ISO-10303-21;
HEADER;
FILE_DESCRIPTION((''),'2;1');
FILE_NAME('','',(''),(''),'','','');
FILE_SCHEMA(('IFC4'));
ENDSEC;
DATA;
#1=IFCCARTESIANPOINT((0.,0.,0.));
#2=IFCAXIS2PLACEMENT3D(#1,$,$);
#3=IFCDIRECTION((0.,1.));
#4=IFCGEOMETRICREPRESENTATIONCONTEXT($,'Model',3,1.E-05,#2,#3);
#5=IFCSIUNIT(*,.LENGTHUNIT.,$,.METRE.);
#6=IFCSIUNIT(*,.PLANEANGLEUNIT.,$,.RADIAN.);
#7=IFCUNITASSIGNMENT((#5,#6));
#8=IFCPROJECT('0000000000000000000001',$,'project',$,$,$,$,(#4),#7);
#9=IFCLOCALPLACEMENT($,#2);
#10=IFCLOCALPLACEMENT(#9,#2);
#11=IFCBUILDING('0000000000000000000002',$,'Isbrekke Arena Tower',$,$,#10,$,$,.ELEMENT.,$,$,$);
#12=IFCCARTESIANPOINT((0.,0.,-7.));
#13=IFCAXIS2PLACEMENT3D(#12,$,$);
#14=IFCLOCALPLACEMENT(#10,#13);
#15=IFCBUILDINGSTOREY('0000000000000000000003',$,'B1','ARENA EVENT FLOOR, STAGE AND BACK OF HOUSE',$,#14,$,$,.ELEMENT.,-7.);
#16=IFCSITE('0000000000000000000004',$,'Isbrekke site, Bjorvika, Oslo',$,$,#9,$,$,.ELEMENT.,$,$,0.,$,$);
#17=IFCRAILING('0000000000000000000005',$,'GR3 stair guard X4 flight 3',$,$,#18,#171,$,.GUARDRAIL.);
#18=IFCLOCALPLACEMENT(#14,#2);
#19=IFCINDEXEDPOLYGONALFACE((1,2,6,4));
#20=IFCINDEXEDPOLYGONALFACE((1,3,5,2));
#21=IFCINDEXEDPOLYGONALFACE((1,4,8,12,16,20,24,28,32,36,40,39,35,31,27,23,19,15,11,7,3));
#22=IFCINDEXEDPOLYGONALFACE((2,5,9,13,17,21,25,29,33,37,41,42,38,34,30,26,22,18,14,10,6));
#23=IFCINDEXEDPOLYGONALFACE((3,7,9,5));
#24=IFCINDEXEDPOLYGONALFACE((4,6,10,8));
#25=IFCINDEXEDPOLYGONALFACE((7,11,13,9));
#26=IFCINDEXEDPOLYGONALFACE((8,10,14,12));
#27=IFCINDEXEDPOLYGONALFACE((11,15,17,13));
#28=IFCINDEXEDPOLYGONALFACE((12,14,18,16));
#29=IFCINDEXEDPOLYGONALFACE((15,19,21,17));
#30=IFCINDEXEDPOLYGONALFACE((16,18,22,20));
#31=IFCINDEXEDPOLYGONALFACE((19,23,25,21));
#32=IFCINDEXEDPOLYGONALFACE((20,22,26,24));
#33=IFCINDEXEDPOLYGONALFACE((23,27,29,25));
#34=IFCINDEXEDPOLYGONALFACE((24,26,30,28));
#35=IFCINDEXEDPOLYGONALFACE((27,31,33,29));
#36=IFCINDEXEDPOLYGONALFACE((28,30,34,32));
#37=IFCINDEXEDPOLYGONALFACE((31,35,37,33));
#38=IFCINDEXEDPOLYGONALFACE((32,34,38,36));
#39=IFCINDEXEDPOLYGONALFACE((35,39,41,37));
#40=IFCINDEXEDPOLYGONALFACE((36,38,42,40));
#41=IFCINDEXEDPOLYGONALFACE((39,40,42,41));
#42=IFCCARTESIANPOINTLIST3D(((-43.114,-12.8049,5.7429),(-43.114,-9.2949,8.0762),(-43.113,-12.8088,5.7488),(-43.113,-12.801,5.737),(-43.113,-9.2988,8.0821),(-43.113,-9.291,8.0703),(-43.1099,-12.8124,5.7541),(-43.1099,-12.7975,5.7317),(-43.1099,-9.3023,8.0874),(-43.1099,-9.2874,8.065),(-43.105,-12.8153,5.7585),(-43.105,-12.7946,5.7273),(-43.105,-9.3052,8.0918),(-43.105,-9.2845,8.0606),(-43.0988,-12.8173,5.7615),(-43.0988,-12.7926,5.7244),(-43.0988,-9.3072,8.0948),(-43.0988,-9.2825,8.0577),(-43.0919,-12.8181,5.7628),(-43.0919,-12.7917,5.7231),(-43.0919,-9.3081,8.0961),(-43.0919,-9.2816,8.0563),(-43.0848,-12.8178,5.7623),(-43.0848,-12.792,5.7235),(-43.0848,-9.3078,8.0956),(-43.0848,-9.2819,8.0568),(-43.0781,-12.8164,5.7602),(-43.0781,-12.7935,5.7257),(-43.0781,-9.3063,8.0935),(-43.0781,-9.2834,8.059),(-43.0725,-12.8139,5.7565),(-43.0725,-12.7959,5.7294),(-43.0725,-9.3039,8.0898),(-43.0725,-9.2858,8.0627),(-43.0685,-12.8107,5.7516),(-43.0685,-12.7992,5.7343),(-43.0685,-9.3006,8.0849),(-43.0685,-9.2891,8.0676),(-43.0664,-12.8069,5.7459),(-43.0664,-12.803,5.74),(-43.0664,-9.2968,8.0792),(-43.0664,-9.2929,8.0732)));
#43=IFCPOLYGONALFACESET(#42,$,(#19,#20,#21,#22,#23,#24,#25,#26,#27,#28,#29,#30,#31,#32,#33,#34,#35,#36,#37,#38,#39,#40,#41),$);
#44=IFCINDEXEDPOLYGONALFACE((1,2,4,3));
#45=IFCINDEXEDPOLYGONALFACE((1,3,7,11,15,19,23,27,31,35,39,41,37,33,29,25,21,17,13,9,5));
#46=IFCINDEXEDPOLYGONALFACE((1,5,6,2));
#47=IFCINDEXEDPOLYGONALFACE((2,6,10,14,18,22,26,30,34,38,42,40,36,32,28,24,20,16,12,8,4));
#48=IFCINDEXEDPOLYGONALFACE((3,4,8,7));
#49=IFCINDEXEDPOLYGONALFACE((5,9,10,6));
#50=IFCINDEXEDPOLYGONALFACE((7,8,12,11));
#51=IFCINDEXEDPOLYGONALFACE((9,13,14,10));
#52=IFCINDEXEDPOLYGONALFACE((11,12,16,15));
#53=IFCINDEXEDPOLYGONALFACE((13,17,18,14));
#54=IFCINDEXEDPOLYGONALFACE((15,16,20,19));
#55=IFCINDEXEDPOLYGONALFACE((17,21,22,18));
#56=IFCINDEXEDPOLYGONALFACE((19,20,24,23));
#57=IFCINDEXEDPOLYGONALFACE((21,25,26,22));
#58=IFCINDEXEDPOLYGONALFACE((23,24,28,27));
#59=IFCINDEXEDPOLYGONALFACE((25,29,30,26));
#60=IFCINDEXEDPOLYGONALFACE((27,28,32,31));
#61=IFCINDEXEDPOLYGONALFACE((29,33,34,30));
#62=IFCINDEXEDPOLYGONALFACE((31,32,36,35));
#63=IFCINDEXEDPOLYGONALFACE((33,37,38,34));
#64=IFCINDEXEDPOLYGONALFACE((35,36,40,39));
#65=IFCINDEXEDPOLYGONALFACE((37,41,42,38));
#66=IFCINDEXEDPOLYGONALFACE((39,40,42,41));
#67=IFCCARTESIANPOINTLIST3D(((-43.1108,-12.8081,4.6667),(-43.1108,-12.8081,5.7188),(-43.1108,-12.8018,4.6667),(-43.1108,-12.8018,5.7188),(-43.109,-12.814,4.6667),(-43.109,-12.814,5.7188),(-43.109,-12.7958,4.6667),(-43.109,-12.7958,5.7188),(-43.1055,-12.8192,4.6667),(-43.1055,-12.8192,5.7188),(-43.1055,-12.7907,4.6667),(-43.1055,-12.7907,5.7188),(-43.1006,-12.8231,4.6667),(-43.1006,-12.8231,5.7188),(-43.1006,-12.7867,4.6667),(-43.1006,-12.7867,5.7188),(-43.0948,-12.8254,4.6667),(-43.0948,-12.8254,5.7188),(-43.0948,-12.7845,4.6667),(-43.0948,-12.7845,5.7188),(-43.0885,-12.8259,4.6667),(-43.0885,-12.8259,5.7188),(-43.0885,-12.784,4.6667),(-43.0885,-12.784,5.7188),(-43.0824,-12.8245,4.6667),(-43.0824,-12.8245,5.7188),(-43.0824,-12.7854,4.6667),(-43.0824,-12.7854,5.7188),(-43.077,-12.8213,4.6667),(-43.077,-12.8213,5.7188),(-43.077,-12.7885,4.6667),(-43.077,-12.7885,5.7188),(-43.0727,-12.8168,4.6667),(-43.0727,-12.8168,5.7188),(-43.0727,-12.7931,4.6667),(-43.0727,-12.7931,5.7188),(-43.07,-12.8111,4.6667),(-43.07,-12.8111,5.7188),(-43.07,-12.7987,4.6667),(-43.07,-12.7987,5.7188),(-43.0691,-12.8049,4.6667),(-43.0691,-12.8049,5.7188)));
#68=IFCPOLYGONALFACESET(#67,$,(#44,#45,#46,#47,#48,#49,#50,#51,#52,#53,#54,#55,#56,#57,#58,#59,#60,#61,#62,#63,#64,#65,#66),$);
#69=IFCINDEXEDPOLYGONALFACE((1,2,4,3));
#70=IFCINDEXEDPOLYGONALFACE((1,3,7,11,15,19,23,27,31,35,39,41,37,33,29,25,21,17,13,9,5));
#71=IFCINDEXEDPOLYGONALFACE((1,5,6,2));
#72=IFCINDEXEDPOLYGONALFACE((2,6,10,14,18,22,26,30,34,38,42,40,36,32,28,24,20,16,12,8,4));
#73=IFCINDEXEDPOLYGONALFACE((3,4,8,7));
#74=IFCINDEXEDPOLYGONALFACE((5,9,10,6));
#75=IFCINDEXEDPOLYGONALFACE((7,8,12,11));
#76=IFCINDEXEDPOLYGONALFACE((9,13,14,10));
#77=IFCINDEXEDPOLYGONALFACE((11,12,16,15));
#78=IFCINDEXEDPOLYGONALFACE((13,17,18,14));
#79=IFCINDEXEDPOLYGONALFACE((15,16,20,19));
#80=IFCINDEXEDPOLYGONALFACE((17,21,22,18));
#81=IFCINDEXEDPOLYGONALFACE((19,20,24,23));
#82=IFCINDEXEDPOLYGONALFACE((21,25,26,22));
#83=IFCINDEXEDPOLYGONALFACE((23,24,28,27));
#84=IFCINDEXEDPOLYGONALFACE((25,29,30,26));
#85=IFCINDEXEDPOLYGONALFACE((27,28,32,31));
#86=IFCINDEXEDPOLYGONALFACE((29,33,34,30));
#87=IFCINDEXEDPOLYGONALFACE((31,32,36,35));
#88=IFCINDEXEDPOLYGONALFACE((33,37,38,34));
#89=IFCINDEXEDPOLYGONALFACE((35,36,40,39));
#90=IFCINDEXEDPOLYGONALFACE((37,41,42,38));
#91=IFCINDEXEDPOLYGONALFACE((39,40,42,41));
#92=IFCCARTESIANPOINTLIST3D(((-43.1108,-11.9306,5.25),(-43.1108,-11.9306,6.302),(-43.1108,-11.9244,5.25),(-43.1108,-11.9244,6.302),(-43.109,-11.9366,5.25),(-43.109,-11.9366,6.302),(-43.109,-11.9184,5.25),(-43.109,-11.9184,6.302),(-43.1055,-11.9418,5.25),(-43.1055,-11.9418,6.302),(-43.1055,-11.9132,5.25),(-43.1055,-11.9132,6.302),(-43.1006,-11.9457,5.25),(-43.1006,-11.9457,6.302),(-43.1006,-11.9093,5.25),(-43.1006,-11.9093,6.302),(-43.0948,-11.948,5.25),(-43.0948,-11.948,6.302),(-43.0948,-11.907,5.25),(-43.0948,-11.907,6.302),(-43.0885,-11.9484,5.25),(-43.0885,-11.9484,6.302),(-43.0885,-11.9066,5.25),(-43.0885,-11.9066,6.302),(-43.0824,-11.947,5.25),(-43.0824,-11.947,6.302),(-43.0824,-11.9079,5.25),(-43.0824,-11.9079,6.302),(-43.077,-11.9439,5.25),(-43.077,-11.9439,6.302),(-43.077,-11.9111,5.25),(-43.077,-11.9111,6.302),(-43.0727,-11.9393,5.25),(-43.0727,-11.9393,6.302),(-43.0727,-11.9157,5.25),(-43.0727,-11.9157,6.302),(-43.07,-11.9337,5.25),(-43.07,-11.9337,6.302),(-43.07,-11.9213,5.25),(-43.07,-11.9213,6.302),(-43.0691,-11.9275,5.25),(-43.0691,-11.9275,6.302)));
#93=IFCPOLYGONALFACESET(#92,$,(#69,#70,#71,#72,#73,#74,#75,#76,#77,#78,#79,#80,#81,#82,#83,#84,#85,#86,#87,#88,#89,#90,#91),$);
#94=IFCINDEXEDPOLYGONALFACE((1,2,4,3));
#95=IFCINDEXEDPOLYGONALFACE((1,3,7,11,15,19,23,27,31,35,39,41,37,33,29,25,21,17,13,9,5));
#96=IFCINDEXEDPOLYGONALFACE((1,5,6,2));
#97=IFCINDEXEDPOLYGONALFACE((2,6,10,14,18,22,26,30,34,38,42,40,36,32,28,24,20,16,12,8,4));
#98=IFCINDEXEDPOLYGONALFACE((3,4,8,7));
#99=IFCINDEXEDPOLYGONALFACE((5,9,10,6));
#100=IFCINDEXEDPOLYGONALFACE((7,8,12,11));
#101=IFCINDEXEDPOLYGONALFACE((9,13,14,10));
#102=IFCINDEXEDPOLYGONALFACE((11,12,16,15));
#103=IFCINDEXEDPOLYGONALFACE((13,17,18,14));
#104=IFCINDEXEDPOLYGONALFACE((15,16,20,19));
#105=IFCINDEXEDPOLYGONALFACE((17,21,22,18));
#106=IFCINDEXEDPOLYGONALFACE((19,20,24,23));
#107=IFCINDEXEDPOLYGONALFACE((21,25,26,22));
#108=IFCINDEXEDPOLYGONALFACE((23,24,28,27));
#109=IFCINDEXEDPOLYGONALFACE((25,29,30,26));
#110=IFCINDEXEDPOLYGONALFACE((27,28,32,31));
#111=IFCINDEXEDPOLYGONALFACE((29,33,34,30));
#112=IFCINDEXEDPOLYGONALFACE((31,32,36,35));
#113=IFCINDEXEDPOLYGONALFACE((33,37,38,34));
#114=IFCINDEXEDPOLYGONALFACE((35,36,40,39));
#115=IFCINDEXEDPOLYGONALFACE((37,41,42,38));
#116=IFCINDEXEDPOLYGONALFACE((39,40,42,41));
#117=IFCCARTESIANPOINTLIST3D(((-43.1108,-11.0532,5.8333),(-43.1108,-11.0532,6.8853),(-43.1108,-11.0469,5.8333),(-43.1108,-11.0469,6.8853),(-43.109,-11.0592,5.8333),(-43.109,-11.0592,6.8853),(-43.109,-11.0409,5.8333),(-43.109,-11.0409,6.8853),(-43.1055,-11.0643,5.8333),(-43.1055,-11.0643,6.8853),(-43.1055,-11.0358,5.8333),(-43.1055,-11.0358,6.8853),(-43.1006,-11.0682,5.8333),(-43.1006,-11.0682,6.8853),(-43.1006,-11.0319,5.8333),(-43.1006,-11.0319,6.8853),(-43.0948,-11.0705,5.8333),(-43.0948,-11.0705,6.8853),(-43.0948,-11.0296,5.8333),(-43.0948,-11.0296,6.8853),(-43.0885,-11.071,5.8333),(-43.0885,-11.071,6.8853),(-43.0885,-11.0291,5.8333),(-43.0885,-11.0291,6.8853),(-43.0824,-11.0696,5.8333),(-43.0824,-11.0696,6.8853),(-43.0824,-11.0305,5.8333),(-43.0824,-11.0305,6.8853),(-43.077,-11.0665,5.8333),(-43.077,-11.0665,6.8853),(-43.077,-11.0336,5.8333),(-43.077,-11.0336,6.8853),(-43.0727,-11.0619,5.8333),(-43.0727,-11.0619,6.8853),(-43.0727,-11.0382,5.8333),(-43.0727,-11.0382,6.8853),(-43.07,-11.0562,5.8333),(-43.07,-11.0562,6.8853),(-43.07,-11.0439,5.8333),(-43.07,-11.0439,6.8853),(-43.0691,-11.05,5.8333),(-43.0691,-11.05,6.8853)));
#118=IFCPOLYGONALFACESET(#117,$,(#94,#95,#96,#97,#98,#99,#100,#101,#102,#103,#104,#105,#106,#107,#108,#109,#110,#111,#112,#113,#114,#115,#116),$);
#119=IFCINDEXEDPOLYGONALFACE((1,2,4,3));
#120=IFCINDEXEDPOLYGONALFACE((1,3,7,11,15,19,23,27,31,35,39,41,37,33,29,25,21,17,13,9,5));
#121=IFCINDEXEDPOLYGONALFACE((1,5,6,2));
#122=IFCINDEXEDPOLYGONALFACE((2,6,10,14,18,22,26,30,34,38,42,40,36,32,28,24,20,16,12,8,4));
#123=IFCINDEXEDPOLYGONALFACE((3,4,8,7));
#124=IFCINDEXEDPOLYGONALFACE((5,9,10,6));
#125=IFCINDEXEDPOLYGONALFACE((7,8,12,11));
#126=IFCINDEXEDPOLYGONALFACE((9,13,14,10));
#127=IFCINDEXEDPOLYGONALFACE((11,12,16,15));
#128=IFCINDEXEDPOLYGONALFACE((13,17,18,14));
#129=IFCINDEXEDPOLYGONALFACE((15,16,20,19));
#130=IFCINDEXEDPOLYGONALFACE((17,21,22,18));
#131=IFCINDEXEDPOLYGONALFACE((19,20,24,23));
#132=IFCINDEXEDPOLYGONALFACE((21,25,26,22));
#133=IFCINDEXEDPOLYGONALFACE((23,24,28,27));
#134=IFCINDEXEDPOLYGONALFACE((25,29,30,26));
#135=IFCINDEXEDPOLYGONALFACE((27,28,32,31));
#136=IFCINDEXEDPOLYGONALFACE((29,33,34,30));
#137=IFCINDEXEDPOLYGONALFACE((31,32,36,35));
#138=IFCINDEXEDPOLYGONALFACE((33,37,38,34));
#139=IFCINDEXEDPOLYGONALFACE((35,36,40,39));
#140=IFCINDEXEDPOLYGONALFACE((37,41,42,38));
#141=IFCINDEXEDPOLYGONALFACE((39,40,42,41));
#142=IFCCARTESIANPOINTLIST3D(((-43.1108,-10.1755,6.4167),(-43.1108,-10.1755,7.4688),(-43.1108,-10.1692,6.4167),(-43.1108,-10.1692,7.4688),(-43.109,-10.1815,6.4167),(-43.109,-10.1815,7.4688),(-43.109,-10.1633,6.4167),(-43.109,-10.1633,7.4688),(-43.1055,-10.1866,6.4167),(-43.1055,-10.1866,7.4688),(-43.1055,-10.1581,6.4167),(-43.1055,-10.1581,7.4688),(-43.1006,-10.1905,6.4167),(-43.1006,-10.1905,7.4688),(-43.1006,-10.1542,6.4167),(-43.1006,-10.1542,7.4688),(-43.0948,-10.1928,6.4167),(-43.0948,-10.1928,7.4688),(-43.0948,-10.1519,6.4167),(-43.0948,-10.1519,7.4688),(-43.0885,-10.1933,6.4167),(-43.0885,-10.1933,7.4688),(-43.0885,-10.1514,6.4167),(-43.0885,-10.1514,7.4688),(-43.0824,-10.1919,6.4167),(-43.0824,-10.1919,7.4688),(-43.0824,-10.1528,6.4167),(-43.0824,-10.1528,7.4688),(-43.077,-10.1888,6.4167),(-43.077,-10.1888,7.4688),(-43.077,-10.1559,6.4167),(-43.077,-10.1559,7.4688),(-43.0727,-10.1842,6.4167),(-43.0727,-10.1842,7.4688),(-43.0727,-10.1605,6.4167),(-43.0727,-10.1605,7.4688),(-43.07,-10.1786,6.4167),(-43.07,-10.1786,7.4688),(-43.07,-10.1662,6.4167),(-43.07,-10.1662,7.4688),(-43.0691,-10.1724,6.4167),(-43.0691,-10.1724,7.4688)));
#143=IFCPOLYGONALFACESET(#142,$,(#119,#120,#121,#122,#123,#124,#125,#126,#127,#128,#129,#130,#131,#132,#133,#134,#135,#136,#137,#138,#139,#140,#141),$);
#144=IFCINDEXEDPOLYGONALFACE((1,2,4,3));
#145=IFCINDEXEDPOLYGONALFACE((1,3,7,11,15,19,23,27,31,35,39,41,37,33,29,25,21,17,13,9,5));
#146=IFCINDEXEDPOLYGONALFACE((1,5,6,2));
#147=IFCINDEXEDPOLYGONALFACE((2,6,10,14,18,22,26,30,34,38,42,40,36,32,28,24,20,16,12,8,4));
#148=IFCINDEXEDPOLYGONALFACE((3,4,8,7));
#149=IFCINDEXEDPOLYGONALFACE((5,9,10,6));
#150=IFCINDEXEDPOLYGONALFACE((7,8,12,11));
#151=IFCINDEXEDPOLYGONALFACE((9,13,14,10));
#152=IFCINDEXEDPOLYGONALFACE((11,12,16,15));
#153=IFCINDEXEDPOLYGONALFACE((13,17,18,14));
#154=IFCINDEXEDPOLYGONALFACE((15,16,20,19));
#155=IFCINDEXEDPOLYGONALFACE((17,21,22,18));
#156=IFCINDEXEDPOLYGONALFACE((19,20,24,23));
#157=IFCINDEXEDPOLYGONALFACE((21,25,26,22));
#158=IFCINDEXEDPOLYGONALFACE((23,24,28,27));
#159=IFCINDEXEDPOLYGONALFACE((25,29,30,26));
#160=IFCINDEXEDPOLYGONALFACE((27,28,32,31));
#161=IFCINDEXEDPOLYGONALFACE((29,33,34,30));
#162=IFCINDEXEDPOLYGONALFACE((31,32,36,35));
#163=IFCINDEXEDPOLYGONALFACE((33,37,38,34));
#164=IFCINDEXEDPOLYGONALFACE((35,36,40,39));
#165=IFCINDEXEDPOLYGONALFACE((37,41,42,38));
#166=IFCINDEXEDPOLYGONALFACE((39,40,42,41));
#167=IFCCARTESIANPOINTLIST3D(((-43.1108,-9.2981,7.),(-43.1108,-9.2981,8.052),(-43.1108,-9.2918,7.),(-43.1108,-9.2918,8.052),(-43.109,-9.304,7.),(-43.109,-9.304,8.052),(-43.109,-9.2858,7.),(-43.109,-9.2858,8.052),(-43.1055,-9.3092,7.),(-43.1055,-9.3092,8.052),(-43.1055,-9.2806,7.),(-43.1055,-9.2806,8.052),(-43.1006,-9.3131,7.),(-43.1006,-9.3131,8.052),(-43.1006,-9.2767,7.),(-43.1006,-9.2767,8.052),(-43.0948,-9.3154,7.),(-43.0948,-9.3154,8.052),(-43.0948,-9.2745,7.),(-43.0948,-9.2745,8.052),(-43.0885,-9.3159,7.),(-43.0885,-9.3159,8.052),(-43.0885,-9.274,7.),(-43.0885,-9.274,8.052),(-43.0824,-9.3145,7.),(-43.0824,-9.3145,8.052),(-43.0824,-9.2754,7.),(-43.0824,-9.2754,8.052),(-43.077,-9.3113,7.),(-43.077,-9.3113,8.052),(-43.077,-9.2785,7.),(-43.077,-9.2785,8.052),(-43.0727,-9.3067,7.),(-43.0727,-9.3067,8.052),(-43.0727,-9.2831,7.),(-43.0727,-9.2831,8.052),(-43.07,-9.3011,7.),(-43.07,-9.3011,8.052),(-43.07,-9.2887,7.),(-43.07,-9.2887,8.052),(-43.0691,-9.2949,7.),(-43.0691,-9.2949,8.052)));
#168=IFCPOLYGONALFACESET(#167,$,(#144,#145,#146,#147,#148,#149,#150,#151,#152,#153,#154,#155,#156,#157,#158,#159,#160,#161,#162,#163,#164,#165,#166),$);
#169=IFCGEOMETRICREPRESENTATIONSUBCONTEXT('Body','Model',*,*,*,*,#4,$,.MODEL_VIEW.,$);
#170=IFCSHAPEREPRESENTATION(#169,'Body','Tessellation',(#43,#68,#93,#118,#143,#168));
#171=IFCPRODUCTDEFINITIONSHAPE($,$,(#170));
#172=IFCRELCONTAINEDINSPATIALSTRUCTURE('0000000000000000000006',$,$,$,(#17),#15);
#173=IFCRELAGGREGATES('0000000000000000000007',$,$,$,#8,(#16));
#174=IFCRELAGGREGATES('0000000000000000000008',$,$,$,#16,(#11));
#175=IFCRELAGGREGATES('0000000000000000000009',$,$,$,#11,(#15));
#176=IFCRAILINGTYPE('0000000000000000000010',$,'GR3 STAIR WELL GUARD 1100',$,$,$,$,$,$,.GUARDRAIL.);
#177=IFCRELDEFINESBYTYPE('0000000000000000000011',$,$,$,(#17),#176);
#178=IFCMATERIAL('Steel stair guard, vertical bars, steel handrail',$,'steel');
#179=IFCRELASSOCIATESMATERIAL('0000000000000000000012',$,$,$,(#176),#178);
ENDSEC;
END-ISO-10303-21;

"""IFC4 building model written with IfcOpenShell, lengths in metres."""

from ifc_helpers import new_model, si_unit, direction, frame, origin, origin_2d, place, context, subcontext, project, spatial, circle, extrude, material, type_object, element, save


model = new_model("IFC4")

# Units and contexts
model_context = context("Model", 3, precision=1e-05, world=origin(), true_north=direction((0.0, 1.0)))
body_context = subcontext(model_context, "Body", "Model", "MODEL_VIEW")
ifc_project = project(units=[si_unit("LENGTHUNIT", "METRE"), si_unit("PLANEANGLEUNIT", "RADIAN")], contexts=[model_context])

# Site, building, storey
site_placement = place(None, origin())
site = spatial("IfcSite", under=ifc_project, at=site_placement, Name="Isbrekke site, Bjorvika, Oslo", CompositionType="ELEMENT", RefElevation=0.0)
building_placement = place(site_placement, origin())
building = spatial("IfcBuilding", under=site, at=building_placement, Name="Isbrekke Arena Tower", CompositionType="ELEMENT")
storey_placement = place(building_placement, frame((0.0, 0.0, -7.0)))
storey = spatial("IfcBuildingStorey", under=building, at=storey_placement, Name="B1", Description="ARENA EVENT FLOOR, STAGE AND BACK OF HOUSE", CompositionType="ELEMENT", Elevation=-7.0)

# Railing
ifc_material_1 = material(Name="Steel stair guard, vertical bars, steel handrail", Category="steel")
railing_type = type_object("IfcRailingType", Name="GR3 STAIR WELL GUARD 1100", PredefinedType="GUARDRAIL", material=ifc_material_1)
railing_1_placement = place(storey_placement, frame((-43.0901, -12.8049, 4.6667)))
element("IfcRailing", 1, at=railing_1_placement, inside=storey, type_object=railing_type, Name="GR3 stair guard X4 flight 3", PredefinedType="GUARDRAIL", context=body_context, shape_type="SweptSolid", body=[
    extrude(circle(Radius=0.0239, at=origin_2d()), frame((0.0, 0.0, 1.0762), z_axis=(0.0, 0.832789, 0.55359), x_axis=(-1.0, 0.0, 0.0)), (0.0, 0.0, 1.0), 4.2148),
    extrude(circle(Radius=0.021, at=origin_2d()), origin(), (0.0, 0.0, 1.0), 1.052),
    extrude(circle(Radius=0.021, at=origin_2d()), frame((0.0, 0.8774, 0.5833)), (0.0, 0.0, 1.0), 1.052),
    extrude(circle(Radius=0.021, at=origin_2d()), frame((0.0, 1.7549, 1.1665)), (0.0, 0.0, 1.0), 1.052),
    extrude(circle(Radius=0.021, at=origin_2d()), frame((0.0, 2.6326, 1.75)), (0.0, 0.0, 1.0), 1.052),
    extrude(circle(Radius=0.021, at=origin_2d()), frame((0.0, 3.51, 2.3333)), (0.0, 0.0, 1.0), 1.052),
])

save(model, "model.ifc")
